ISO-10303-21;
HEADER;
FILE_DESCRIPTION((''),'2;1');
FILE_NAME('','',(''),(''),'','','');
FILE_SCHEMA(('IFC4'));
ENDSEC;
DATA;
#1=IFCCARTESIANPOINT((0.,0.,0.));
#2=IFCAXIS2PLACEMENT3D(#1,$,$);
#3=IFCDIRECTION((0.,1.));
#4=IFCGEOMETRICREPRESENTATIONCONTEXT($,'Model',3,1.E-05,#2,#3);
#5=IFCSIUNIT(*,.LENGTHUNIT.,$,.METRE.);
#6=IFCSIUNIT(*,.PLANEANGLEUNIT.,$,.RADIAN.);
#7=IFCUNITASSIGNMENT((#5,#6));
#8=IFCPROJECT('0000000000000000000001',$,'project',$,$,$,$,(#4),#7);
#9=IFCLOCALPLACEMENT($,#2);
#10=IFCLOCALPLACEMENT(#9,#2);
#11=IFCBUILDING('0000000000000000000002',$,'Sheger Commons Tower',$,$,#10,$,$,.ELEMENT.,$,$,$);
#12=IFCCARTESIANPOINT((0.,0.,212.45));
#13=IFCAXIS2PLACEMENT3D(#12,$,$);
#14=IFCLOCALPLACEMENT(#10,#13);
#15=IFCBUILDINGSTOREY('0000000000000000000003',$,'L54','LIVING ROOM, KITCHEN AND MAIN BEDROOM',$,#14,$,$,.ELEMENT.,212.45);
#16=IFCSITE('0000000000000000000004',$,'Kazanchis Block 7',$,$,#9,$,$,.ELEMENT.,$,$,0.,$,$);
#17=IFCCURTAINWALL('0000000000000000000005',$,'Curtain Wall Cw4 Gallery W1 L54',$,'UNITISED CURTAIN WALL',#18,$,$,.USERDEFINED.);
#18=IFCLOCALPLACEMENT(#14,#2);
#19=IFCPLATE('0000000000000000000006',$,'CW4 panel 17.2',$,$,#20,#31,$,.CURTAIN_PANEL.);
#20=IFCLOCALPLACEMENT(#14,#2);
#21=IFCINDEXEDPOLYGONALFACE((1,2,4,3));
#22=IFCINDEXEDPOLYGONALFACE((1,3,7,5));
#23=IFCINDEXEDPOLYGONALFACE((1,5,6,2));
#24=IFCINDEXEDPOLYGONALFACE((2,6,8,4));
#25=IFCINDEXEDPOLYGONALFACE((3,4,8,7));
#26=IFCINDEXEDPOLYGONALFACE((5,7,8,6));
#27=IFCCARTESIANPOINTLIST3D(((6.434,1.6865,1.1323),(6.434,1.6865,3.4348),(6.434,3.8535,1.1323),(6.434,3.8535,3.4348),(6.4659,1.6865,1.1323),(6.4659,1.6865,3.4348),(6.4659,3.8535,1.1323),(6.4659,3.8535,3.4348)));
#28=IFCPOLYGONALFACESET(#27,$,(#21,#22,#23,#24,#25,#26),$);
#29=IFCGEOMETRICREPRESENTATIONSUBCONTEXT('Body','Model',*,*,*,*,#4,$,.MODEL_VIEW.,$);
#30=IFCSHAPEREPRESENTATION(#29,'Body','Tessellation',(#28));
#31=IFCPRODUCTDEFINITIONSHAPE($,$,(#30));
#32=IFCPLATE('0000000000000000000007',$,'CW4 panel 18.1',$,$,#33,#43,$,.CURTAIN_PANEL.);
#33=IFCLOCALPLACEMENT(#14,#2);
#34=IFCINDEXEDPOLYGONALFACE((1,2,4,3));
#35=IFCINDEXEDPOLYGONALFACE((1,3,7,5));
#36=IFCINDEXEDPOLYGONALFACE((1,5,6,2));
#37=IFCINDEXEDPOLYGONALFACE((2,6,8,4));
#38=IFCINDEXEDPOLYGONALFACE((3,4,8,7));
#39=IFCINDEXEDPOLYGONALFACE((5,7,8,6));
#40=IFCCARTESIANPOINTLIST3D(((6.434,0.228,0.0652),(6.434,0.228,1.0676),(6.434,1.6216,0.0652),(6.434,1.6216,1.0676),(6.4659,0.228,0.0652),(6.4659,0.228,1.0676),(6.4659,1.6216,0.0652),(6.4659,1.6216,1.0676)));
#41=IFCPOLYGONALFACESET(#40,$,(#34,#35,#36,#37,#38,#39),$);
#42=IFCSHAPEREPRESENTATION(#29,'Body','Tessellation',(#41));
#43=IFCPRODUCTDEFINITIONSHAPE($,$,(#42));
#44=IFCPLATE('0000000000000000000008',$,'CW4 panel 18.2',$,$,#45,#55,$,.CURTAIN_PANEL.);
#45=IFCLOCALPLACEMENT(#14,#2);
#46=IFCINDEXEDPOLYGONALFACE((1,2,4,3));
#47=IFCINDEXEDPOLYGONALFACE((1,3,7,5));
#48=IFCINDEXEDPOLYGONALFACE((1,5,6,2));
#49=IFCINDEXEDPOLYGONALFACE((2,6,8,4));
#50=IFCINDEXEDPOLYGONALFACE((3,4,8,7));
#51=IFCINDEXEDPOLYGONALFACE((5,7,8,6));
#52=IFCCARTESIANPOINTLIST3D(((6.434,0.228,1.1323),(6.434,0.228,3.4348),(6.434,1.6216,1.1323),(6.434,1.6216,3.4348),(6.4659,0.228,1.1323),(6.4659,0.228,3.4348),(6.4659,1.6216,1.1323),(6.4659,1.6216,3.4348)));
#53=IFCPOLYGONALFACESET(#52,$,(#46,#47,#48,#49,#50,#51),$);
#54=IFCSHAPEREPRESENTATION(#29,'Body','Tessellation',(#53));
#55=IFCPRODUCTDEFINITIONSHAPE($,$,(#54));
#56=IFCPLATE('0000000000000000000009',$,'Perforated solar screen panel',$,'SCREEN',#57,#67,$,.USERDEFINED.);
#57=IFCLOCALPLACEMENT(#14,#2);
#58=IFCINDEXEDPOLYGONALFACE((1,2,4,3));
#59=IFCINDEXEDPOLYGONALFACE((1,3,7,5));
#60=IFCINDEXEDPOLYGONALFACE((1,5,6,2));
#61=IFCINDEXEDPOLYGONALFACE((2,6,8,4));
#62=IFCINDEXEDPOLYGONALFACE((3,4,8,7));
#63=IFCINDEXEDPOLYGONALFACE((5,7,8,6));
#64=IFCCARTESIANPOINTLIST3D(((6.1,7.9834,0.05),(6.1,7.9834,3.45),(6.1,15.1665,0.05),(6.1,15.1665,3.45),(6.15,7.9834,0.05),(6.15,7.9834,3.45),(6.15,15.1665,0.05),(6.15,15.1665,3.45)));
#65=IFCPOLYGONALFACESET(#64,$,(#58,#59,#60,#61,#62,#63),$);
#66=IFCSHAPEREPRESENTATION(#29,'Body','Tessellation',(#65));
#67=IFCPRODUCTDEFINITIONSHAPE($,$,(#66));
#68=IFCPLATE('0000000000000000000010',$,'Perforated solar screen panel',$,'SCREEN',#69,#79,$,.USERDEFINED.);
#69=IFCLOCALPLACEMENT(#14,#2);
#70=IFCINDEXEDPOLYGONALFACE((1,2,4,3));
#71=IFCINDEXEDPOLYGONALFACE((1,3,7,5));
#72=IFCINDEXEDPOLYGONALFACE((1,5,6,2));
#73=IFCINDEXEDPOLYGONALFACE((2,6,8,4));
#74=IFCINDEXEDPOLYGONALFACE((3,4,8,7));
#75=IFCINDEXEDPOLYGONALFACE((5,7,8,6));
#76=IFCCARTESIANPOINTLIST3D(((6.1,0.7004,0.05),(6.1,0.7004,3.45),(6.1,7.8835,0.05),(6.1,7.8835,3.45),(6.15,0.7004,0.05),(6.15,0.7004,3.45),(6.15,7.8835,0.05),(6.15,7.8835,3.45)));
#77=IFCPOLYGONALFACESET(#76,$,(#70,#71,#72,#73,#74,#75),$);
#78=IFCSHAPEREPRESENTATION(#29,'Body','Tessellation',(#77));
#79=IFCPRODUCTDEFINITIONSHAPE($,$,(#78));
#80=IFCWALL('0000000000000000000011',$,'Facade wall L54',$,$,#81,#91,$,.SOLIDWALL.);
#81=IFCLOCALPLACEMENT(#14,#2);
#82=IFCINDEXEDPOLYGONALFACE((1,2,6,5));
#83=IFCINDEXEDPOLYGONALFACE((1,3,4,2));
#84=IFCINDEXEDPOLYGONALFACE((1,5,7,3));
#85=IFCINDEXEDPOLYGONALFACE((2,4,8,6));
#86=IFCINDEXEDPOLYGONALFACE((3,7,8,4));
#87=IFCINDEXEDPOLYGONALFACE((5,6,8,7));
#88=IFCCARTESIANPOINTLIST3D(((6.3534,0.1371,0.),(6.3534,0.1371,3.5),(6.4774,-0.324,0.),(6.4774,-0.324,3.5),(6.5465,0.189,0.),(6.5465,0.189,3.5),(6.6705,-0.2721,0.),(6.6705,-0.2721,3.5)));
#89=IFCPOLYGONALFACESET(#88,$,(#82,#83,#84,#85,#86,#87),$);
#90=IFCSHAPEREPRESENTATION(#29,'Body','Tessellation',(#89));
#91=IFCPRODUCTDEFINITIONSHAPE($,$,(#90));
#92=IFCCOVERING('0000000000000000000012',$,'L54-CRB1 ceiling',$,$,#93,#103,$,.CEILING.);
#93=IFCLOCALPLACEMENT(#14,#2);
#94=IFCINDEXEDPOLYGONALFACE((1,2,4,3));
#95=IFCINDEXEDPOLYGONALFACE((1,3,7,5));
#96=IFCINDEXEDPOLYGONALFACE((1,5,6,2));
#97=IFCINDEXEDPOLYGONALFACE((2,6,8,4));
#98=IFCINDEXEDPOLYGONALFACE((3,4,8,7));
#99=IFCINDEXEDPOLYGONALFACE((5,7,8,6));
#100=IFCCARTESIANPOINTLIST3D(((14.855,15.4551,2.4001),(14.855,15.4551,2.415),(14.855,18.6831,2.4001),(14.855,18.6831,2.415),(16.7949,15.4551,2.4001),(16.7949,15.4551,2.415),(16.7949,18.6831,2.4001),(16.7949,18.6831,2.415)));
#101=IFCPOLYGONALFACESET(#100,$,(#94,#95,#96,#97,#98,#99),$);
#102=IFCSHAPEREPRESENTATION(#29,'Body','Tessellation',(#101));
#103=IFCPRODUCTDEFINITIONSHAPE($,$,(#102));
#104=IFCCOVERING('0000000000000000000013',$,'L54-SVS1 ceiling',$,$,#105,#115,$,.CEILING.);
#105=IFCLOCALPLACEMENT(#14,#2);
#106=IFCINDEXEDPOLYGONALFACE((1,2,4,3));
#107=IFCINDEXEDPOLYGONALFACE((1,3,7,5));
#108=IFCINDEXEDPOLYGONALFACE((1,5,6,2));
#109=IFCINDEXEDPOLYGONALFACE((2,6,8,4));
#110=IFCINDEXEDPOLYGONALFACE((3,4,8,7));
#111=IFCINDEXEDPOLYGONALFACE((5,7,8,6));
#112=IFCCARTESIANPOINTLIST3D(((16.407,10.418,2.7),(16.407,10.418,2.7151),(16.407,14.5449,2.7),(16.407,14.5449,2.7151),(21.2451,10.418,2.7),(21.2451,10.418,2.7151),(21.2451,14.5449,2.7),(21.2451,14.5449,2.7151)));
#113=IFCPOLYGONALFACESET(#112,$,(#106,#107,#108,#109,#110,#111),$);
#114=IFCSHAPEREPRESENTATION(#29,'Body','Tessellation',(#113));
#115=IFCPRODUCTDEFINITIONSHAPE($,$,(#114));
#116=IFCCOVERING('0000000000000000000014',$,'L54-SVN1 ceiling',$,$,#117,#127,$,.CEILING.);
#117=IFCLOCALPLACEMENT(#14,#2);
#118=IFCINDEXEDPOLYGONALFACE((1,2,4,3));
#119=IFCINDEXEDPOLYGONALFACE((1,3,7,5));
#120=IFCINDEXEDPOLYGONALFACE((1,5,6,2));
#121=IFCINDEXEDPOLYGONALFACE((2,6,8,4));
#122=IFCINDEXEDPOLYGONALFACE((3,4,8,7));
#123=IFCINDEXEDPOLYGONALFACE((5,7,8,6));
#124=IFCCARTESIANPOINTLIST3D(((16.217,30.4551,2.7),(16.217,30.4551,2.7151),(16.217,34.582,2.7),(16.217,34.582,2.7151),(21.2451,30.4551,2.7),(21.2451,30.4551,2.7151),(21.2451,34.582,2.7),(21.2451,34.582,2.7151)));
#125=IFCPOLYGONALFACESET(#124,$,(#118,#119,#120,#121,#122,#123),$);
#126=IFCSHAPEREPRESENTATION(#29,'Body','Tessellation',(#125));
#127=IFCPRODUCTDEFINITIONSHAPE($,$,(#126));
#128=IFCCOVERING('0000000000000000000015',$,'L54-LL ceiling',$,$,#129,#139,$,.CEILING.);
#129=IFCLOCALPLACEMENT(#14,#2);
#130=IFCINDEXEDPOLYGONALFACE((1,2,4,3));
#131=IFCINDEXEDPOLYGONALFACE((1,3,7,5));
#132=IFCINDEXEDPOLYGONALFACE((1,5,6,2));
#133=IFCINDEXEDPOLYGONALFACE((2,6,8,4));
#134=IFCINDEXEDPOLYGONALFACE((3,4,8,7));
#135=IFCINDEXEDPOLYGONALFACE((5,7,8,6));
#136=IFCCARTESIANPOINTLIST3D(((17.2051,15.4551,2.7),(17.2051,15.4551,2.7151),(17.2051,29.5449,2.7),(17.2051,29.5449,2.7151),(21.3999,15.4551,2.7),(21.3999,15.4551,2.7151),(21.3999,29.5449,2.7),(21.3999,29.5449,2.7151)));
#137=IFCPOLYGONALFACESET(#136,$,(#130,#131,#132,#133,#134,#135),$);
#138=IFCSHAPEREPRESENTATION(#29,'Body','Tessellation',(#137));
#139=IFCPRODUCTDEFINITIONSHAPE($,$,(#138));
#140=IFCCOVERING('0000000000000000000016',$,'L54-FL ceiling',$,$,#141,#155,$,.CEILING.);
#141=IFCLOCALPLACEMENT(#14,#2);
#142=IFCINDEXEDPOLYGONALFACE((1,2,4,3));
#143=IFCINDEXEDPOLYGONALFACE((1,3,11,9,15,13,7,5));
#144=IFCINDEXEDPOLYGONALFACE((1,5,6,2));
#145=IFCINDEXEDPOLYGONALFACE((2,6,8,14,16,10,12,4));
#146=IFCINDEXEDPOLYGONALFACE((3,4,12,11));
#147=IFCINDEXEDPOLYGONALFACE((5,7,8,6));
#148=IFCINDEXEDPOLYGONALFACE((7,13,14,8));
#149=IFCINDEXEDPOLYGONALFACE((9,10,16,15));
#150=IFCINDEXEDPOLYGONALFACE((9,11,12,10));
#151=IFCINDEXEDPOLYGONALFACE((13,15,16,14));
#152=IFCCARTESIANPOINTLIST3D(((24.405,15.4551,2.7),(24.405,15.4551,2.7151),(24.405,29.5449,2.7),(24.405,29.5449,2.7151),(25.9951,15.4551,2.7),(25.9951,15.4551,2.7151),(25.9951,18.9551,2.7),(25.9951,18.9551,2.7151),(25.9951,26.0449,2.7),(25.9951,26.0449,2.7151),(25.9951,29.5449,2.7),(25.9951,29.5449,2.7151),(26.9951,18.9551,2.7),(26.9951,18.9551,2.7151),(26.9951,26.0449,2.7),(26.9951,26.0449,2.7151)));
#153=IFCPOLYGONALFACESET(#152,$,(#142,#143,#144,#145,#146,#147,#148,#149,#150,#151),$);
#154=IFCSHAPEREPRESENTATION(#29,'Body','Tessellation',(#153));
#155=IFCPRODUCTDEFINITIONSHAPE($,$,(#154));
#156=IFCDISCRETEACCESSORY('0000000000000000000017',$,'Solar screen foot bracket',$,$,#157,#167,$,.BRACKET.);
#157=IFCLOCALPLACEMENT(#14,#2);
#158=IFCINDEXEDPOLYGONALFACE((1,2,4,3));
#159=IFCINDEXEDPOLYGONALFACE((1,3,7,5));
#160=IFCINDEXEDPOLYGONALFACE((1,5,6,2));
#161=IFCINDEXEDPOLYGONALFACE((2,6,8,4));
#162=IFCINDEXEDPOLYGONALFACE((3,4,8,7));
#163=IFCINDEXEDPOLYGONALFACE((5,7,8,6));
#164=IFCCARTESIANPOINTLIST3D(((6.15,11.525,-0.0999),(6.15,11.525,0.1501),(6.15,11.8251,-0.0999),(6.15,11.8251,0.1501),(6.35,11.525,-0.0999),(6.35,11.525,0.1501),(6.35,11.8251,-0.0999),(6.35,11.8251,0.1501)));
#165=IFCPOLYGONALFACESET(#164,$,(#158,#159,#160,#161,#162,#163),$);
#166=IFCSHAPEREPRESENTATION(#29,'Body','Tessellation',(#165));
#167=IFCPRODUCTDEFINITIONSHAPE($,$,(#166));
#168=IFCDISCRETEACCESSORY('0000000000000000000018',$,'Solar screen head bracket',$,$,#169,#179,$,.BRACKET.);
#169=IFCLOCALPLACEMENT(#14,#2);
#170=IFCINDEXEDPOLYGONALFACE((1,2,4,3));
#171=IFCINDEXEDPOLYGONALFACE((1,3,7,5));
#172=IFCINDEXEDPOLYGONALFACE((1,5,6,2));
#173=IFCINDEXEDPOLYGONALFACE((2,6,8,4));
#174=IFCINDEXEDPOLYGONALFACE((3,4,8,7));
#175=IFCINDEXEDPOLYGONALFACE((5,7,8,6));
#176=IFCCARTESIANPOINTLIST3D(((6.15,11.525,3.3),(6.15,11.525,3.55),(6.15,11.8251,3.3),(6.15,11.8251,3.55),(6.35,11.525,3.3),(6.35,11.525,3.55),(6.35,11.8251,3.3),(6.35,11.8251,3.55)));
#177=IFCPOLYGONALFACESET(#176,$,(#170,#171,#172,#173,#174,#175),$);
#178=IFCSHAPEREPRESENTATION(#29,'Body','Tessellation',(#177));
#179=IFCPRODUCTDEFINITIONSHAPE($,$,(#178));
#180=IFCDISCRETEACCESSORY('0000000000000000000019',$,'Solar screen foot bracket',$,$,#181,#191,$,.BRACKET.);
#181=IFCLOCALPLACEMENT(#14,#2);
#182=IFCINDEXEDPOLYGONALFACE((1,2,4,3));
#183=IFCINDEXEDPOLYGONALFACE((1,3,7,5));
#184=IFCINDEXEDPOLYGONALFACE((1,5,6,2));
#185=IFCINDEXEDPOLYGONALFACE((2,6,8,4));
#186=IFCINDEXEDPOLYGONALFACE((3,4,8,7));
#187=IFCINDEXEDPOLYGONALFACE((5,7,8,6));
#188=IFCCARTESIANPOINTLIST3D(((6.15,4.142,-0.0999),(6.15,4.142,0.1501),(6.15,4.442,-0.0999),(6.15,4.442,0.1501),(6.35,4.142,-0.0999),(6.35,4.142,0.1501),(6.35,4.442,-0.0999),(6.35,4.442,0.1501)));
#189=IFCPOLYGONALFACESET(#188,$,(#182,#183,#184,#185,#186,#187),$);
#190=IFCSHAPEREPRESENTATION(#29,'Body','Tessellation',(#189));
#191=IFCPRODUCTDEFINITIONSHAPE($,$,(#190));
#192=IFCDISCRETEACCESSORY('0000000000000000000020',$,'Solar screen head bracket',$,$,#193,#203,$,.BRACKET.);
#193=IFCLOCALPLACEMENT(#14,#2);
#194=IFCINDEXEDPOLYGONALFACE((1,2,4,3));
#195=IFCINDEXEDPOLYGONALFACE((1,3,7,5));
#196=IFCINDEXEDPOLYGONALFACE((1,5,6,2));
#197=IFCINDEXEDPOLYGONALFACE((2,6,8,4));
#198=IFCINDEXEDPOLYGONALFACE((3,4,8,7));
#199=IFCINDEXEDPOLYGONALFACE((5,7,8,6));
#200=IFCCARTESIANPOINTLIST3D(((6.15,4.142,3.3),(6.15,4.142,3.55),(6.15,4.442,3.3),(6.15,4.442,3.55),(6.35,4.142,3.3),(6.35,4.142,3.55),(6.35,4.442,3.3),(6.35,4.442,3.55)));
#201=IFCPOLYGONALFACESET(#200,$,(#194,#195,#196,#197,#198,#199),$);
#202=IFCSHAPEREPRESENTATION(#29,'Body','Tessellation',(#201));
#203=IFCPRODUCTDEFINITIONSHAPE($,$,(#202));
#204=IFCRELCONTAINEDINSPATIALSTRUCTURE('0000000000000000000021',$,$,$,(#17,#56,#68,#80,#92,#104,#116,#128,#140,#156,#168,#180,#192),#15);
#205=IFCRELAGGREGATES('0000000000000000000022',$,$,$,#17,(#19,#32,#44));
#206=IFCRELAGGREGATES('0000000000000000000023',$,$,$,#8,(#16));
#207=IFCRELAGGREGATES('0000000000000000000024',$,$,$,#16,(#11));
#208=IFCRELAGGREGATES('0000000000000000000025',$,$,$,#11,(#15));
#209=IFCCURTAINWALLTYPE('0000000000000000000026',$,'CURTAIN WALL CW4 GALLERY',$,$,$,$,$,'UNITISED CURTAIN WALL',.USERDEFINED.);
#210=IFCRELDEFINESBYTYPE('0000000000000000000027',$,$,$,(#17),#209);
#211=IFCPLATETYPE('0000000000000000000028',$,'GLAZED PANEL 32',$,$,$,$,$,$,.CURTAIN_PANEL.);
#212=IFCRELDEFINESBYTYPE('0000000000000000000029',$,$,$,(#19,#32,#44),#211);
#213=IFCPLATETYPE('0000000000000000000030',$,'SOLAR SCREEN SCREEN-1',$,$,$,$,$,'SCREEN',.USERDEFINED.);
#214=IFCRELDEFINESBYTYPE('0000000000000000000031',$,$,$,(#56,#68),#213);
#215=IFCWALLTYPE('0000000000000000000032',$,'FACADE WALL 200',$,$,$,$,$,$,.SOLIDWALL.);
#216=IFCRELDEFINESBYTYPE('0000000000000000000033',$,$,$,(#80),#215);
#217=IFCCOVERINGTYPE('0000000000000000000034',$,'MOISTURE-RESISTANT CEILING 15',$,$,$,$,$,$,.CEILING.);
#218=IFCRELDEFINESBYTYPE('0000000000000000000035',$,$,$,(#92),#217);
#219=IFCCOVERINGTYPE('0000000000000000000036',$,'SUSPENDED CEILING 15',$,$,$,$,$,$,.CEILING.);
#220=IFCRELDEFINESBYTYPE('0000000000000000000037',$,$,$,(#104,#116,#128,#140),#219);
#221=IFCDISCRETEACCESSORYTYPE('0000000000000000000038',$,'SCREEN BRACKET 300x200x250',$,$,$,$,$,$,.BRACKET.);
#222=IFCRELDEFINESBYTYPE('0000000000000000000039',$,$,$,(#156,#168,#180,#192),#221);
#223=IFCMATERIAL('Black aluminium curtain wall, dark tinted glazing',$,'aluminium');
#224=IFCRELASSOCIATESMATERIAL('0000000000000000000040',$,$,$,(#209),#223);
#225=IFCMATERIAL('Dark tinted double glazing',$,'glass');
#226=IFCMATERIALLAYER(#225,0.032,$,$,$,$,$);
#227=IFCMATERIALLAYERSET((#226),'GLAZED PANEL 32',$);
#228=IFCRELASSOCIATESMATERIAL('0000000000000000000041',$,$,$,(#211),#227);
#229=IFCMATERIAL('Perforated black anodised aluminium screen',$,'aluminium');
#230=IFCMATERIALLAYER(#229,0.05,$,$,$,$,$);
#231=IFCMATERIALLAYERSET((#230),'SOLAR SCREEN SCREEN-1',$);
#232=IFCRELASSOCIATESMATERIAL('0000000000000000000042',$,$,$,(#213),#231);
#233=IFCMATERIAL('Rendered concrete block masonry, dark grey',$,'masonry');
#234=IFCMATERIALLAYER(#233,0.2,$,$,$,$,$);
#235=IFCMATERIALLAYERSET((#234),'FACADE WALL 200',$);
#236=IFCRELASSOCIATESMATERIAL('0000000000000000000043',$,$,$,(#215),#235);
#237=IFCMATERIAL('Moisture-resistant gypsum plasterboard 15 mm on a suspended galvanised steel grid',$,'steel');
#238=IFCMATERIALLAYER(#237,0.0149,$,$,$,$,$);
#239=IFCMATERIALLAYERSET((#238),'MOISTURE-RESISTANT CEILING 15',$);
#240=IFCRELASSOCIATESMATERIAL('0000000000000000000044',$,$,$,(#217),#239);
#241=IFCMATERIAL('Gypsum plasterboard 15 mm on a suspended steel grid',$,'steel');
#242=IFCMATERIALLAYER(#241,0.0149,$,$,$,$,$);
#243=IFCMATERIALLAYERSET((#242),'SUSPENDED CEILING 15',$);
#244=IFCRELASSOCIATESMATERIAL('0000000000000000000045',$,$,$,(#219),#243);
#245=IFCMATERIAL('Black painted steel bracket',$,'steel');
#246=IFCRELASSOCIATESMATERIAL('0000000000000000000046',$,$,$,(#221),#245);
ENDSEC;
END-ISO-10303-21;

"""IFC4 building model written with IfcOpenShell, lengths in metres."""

from ifc_helpers import new_model, si_unit, direction, frame, frame_2d, origin, origin_2d, place, context, subcontext, project, spatial, polyline, rectangle, outline, extrude, material, layer, layer_set, type_object, element, aggregate, save


model = new_model("IFC4")

# Units and contexts
model_context = context("Model", 3, precision=1e-05, world=origin(), true_north=direction((0.0, 1.0)))
body_context = subcontext(model_context, "Body", "Model", "MODEL_VIEW")
ifc_project = project(units=[si_unit("LENGTHUNIT", "METRE"), si_unit("PLANEANGLEUNIT", "RADIAN")], contexts=[model_context])

# Site, building, storey
site_placement = place(None, origin())
site = spatial("IfcSite", under=ifc_project, at=site_placement, Name="Kazanchis Block 7", CompositionType="ELEMENT", RefElevation=0.0)
building_placement = place(site_placement, origin())
building = spatial("IfcBuilding", under=site, at=building_placement, Name="Sheger Commons Tower", CompositionType="ELEMENT")
storey_placement = place(building_placement, frame((0.0, 0.0, 212.45)))
storey = spatial("IfcBuildingStorey", under=building, at=storey_placement, Name="L54", Description="LIVING ROOM, KITCHEN AND MAIN BEDROOM", CompositionType="ELEMENT", Elevation=212.45)

# Curtain wall, plates
ifc_material_1 = material(Name="Black aluminium curtain wall, dark tinted glazing", Category="aluminium")
curtain_wall_type = type_object("IfcCurtainWallType", Name="CURTAIN WALL CW4 GALLERY", ElementType="UNITISED CURTAIN WALL", PredefinedType="USERDEFINED", material=ifc_material_1)
curtain_wall_placement = place(storey_placement, origin())
curtain_wall = element("IfcCurtainWall", 1, at=curtain_wall_placement, inside=storey, type_object=curtain_wall_type, Name="Curtain Wall Cw4 Gallery W1 L54", ObjectType="UNITISED CURTAIN WALL", PredefinedType="USERDEFINED")
ifc_material_2 = material(Name="Dark tinted double glazing", Category="glass")
ifc_layer_1 = layer(ifc_material_2, 0.032)
ifc_layer_set_1 = layer_set([ifc_layer_1], Name="GLAZED PANEL 32")
plate_type_1 = type_object("IfcPlateType", Name="GLAZED PANEL 32", PredefinedType="CURTAIN_PANEL", material=ifc_layer_set_1)
plate_1_placement = place(storey_placement, frame((6.45, 2.77, 1.1323), z_axis=(0.0, 0.0, 1.0), x_axis=(0.0, -1.0, 0.0)))
plate_1 = element("IfcPlate", 2, at=plate_1_placement, type_object=plate_type_1, Name="CW4 panel 17.2", PredefinedType="CURTAIN_PANEL", context=body_context, shape_type="SweptSolid", body=[
    extrude(rectangle(XDim=2.167, YDim=0.032, at=origin_2d()), origin(), (0.0, 0.0, 1.0), 2.3025),
])
plate_2_placement = place(storey_placement, frame((6.45, 0.9248, 0.0652), z_axis=(0.0, 0.0, 1.0), x_axis=(0.0, -1.0, 0.0)))
plate_2 = element("IfcPlate", 3, at=plate_2_placement, type_object=plate_type_1, Name="CW4 panel 18.1", PredefinedType="CURTAIN_PANEL", context=body_context, shape_type="SweptSolid", body=[
    extrude(rectangle(XDim=1.3936, YDim=0.032, at=origin_2d()), origin(), (0.0, 0.0, 1.0), 1.0024),
])
plate_3_placement = place(storey_placement, frame((6.45, 0.9248, 1.1323), z_axis=(0.0, 0.0, 1.0), x_axis=(0.0, -1.0, 0.0)))
plate_3 = element("IfcPlate", 4, at=plate_3_placement, type_object=plate_type_1, Name="CW4 panel 18.2", PredefinedType="CURTAIN_PANEL", context=body_context, shape_type="SweptSolid", body=[
    extrude(rectangle(XDim=1.3936, YDim=0.032, at=origin_2d()), origin(), (0.0, 0.0, 1.0), 2.3025),
])
aggregate(curtain_wall, [plate_1, plate_2, plate_3])

# Plates
ifc_material_3 = material(Name="Perforated black anodised aluminium screen", Category="aluminium")
ifc_layer_2 = layer(ifc_material_3, 0.05)
ifc_layer_set_2 = layer_set([ifc_layer_2], Name="SOLAR SCREEN SCREEN-1")
plate_type_2 = type_object("IfcPlateType", Name="SOLAR SCREEN SCREEN-1", ElementType="SCREEN", PredefinedType="USERDEFINED", material=ifc_layer_set_2)
for number, where, z_axis, x_axis, name in (
    (5, (6.125, 11.575, 0.05), (0.0, 0.0, 1.0), (0.0, -1.0, 0.0), "Perforated solar screen panel"),
    (6, (6.125, 4.292, 0.05), (0.0, 0.0, 1.0), (0.0, -1.0, 0.0), "Perforated solar screen panel"),
):
    element("IfcPlate", number, at=place(storey_placement, frame(where, z_axis=z_axis, x_axis=x_axis)), inside=storey, type_object=plate_type_2, Name=name, ObjectType="SCREEN", PredefinedType="USERDEFINED", context=body_context, shape_type="SweptSolid", body=[
        extrude(rectangle(XDim=7.1831, YDim=0.05, at=origin_2d()), origin(), (0.0, 0.0, 1.0), 3.3999),
    ])

# Wall
ifc_material_4 = material(Name="Rendered concrete block masonry, dark grey", Category="masonry")
ifc_layer_3 = layer(ifc_material_4, 0.2)
ifc_layer_set_3 = layer_set([ifc_layer_3], Name="FACADE WALL 200")
wall_type = type_object("IfcWallType", Name="FACADE WALL 200", PredefinedType="SOLIDWALL", material=ifc_layer_set_3)
wall_placement = place(storey_placement, frame((6.45, 0.1631, 0.0), z_axis=(0.0, 0.0, 1.0), x_axis=(0.259698, -0.96569, 0.0)))
element("IfcWall", 7, at=wall_placement, inside=storey, type_object=wall_type, Name="Facade wall L54", PredefinedType="SOLIDWALL", context=body_context, shape_type="SweptSolid", body=[
    extrude(rectangle(XDim=0.4775, YDim=0.2, at=frame_2d((0.2388, 0.0))), origin(), (0.0, 0.0, 1.0), 3.5),
])

# Coverings
ifc_material_5 = material(Name="Moisture-resistant gypsum plasterboard 15 mm on a suspended galvanised steel grid", Category="steel")
ifc_layer_4 = layer(ifc_material_5, 0.0149)
ifc_layer_set_4 = layer_set([ifc_layer_4], Name="MOISTURE-RESISTANT CEILING 15")
covering_type_1 = type_object("IfcCoveringType", Name="MOISTURE-RESISTANT CEILING 15", PredefinedType="CEILING", material=ifc_layer_set_4)
covering_1_placement = place(storey_placement, frame((0.0, 0.0, 2.4001)))
element("IfcCovering", 8, at=covering_1_placement, inside=storey, type_object=covering_type_1, Name="L54-CRB1 ceiling", PredefinedType="CEILING", context=body_context, shape_type="SweptSolid", body=[
    extrude(outline(polyline([(14.855, 15.4551), (16.7949, 15.4551), (16.7949, 18.6831), (14.855, 18.6831), (14.855, 15.4551)])), origin(), (0.0, 0.0, 1.0), 0.0149),
])
ifc_material_6 = material(Name="Gypsum plasterboard 15 mm on a suspended steel grid", Category="steel")
ifc_layer_5 = layer(ifc_material_6, 0.0149)
ifc_layer_set_5 = layer_set([ifc_layer_5], Name="SUSPENDED CEILING 15")
covering_type_2 = type_object("IfcCoveringType", Name="SUSPENDED CEILING 15", PredefinedType="CEILING", material=ifc_layer_set_5)
covering_2_placement = place(storey_placement, frame((0.0, 0.0, 2.7)))
element("IfcCovering", 9, at=covering_2_placement, inside=storey, type_object=covering_type_2, Name="L54-SVS1 ceiling", PredefinedType="CEILING", context=body_context, shape_type="SweptSolid", body=[
    extrude(outline(polyline([(16.407, 10.418), (21.2451, 10.418), (21.2451, 14.5449), (16.407, 14.5449), (16.407, 10.418)])), origin(), (0.0, 0.0, 1.0), 0.0151),
])
covering_3_placement = place(storey_placement, frame((0.0, 0.0, 2.7)))
element("IfcCovering", 10, at=covering_3_placement, inside=storey, type_object=covering_type_2, Name="L54-SVN1 ceiling", PredefinedType="CEILING", context=body_context, shape_type="SweptSolid", body=[
    extrude(outline(polyline([(16.217, 30.4551), (21.2451, 30.4551), (21.2451, 34.582), (16.217, 34.582), (16.217, 30.4551)])), origin(), (0.0, 0.0, 1.0), 0.0151),
])
covering_4_placement = place(storey_placement, frame((0.0, 0.0, 2.7)))
element("IfcCovering", 11, at=covering_4_placement, inside=storey, type_object=covering_type_2, Name="L54-LL ceiling", PredefinedType="CEILING", context=body_context, shape_type="SweptSolid", body=[
    extrude(outline(polyline([(17.2051, 15.4551), (21.3999, 15.4551), (21.3999, 29.5449), (17.2051, 29.5449), (17.2051, 15.4551)])), origin(), (0.0, 0.0, 1.0), 0.0151),
])
covering_5_placement = place(storey_placement, frame((0.0, 0.0, 2.7)))
element("IfcCovering", 12, at=covering_5_placement, inside=storey, type_object=covering_type_2, Name="L54-FL ceiling", PredefinedType="CEILING", context=body_context, shape_type="SweptSolid", body=[
    extrude(outline(polyline([(24.405, 15.4551), (25.9951, 15.4551), (25.9951, 18.9551), (26.9951, 18.9551), (26.9951, 26.0449), (25.9951, 26.0449), (25.9951, 29.5449), (24.405, 29.5449), (24.405, 15.4551)])), origin(), (0.0, 0.0, 1.0), 0.0151),
])

# Discrete accessories
ifc_material_7 = material(Name="Black painted steel bracket", Category="steel")
discrete_accessory_type = type_object("IfcDiscreteAccessoryType", Name="SCREEN BRACKET 300x200x250", PredefinedType="BRACKET", material=ifc_material_7)
for number, where, z_axis, x_axis, name in (
    (13, (6.25, 11.675, -0.0999), (0.0, 0.0, 1.0), (0.0, -1.0, 0.0), "Solar screen foot bracket"),
    (14, (6.25, 11.675, 3.3), (0.0, 0.0, 1.0), (0.0, -1.0, 0.0), "Solar screen head bracket"),
    (15, (6.25, 4.292, -0.0999), (0.0, 0.0, 1.0), (0.0, -1.0, 0.0), "Solar screen foot bracket"),
    (16, (6.25, 4.292, 3.3), (0.0, 0.0, 1.0), (0.0, -1.0, 0.0), "Solar screen head bracket"),
):
    element("IfcDiscreteAccessory", number, at=place(storey_placement, frame(where, z_axis=z_axis, x_axis=x_axis)), inside=storey, type_object=discrete_accessory_type, Name=name, PredefinedType="BRACKET", context=body_context, shape_type="SweptSolid", body=[
        extrude(rectangle(XDim=0.3, YDim=0.2, at=origin_2d()), origin(), (0.0, 0.0, 1.0), 0.25),
    ])

save(model, "model.ifc")
